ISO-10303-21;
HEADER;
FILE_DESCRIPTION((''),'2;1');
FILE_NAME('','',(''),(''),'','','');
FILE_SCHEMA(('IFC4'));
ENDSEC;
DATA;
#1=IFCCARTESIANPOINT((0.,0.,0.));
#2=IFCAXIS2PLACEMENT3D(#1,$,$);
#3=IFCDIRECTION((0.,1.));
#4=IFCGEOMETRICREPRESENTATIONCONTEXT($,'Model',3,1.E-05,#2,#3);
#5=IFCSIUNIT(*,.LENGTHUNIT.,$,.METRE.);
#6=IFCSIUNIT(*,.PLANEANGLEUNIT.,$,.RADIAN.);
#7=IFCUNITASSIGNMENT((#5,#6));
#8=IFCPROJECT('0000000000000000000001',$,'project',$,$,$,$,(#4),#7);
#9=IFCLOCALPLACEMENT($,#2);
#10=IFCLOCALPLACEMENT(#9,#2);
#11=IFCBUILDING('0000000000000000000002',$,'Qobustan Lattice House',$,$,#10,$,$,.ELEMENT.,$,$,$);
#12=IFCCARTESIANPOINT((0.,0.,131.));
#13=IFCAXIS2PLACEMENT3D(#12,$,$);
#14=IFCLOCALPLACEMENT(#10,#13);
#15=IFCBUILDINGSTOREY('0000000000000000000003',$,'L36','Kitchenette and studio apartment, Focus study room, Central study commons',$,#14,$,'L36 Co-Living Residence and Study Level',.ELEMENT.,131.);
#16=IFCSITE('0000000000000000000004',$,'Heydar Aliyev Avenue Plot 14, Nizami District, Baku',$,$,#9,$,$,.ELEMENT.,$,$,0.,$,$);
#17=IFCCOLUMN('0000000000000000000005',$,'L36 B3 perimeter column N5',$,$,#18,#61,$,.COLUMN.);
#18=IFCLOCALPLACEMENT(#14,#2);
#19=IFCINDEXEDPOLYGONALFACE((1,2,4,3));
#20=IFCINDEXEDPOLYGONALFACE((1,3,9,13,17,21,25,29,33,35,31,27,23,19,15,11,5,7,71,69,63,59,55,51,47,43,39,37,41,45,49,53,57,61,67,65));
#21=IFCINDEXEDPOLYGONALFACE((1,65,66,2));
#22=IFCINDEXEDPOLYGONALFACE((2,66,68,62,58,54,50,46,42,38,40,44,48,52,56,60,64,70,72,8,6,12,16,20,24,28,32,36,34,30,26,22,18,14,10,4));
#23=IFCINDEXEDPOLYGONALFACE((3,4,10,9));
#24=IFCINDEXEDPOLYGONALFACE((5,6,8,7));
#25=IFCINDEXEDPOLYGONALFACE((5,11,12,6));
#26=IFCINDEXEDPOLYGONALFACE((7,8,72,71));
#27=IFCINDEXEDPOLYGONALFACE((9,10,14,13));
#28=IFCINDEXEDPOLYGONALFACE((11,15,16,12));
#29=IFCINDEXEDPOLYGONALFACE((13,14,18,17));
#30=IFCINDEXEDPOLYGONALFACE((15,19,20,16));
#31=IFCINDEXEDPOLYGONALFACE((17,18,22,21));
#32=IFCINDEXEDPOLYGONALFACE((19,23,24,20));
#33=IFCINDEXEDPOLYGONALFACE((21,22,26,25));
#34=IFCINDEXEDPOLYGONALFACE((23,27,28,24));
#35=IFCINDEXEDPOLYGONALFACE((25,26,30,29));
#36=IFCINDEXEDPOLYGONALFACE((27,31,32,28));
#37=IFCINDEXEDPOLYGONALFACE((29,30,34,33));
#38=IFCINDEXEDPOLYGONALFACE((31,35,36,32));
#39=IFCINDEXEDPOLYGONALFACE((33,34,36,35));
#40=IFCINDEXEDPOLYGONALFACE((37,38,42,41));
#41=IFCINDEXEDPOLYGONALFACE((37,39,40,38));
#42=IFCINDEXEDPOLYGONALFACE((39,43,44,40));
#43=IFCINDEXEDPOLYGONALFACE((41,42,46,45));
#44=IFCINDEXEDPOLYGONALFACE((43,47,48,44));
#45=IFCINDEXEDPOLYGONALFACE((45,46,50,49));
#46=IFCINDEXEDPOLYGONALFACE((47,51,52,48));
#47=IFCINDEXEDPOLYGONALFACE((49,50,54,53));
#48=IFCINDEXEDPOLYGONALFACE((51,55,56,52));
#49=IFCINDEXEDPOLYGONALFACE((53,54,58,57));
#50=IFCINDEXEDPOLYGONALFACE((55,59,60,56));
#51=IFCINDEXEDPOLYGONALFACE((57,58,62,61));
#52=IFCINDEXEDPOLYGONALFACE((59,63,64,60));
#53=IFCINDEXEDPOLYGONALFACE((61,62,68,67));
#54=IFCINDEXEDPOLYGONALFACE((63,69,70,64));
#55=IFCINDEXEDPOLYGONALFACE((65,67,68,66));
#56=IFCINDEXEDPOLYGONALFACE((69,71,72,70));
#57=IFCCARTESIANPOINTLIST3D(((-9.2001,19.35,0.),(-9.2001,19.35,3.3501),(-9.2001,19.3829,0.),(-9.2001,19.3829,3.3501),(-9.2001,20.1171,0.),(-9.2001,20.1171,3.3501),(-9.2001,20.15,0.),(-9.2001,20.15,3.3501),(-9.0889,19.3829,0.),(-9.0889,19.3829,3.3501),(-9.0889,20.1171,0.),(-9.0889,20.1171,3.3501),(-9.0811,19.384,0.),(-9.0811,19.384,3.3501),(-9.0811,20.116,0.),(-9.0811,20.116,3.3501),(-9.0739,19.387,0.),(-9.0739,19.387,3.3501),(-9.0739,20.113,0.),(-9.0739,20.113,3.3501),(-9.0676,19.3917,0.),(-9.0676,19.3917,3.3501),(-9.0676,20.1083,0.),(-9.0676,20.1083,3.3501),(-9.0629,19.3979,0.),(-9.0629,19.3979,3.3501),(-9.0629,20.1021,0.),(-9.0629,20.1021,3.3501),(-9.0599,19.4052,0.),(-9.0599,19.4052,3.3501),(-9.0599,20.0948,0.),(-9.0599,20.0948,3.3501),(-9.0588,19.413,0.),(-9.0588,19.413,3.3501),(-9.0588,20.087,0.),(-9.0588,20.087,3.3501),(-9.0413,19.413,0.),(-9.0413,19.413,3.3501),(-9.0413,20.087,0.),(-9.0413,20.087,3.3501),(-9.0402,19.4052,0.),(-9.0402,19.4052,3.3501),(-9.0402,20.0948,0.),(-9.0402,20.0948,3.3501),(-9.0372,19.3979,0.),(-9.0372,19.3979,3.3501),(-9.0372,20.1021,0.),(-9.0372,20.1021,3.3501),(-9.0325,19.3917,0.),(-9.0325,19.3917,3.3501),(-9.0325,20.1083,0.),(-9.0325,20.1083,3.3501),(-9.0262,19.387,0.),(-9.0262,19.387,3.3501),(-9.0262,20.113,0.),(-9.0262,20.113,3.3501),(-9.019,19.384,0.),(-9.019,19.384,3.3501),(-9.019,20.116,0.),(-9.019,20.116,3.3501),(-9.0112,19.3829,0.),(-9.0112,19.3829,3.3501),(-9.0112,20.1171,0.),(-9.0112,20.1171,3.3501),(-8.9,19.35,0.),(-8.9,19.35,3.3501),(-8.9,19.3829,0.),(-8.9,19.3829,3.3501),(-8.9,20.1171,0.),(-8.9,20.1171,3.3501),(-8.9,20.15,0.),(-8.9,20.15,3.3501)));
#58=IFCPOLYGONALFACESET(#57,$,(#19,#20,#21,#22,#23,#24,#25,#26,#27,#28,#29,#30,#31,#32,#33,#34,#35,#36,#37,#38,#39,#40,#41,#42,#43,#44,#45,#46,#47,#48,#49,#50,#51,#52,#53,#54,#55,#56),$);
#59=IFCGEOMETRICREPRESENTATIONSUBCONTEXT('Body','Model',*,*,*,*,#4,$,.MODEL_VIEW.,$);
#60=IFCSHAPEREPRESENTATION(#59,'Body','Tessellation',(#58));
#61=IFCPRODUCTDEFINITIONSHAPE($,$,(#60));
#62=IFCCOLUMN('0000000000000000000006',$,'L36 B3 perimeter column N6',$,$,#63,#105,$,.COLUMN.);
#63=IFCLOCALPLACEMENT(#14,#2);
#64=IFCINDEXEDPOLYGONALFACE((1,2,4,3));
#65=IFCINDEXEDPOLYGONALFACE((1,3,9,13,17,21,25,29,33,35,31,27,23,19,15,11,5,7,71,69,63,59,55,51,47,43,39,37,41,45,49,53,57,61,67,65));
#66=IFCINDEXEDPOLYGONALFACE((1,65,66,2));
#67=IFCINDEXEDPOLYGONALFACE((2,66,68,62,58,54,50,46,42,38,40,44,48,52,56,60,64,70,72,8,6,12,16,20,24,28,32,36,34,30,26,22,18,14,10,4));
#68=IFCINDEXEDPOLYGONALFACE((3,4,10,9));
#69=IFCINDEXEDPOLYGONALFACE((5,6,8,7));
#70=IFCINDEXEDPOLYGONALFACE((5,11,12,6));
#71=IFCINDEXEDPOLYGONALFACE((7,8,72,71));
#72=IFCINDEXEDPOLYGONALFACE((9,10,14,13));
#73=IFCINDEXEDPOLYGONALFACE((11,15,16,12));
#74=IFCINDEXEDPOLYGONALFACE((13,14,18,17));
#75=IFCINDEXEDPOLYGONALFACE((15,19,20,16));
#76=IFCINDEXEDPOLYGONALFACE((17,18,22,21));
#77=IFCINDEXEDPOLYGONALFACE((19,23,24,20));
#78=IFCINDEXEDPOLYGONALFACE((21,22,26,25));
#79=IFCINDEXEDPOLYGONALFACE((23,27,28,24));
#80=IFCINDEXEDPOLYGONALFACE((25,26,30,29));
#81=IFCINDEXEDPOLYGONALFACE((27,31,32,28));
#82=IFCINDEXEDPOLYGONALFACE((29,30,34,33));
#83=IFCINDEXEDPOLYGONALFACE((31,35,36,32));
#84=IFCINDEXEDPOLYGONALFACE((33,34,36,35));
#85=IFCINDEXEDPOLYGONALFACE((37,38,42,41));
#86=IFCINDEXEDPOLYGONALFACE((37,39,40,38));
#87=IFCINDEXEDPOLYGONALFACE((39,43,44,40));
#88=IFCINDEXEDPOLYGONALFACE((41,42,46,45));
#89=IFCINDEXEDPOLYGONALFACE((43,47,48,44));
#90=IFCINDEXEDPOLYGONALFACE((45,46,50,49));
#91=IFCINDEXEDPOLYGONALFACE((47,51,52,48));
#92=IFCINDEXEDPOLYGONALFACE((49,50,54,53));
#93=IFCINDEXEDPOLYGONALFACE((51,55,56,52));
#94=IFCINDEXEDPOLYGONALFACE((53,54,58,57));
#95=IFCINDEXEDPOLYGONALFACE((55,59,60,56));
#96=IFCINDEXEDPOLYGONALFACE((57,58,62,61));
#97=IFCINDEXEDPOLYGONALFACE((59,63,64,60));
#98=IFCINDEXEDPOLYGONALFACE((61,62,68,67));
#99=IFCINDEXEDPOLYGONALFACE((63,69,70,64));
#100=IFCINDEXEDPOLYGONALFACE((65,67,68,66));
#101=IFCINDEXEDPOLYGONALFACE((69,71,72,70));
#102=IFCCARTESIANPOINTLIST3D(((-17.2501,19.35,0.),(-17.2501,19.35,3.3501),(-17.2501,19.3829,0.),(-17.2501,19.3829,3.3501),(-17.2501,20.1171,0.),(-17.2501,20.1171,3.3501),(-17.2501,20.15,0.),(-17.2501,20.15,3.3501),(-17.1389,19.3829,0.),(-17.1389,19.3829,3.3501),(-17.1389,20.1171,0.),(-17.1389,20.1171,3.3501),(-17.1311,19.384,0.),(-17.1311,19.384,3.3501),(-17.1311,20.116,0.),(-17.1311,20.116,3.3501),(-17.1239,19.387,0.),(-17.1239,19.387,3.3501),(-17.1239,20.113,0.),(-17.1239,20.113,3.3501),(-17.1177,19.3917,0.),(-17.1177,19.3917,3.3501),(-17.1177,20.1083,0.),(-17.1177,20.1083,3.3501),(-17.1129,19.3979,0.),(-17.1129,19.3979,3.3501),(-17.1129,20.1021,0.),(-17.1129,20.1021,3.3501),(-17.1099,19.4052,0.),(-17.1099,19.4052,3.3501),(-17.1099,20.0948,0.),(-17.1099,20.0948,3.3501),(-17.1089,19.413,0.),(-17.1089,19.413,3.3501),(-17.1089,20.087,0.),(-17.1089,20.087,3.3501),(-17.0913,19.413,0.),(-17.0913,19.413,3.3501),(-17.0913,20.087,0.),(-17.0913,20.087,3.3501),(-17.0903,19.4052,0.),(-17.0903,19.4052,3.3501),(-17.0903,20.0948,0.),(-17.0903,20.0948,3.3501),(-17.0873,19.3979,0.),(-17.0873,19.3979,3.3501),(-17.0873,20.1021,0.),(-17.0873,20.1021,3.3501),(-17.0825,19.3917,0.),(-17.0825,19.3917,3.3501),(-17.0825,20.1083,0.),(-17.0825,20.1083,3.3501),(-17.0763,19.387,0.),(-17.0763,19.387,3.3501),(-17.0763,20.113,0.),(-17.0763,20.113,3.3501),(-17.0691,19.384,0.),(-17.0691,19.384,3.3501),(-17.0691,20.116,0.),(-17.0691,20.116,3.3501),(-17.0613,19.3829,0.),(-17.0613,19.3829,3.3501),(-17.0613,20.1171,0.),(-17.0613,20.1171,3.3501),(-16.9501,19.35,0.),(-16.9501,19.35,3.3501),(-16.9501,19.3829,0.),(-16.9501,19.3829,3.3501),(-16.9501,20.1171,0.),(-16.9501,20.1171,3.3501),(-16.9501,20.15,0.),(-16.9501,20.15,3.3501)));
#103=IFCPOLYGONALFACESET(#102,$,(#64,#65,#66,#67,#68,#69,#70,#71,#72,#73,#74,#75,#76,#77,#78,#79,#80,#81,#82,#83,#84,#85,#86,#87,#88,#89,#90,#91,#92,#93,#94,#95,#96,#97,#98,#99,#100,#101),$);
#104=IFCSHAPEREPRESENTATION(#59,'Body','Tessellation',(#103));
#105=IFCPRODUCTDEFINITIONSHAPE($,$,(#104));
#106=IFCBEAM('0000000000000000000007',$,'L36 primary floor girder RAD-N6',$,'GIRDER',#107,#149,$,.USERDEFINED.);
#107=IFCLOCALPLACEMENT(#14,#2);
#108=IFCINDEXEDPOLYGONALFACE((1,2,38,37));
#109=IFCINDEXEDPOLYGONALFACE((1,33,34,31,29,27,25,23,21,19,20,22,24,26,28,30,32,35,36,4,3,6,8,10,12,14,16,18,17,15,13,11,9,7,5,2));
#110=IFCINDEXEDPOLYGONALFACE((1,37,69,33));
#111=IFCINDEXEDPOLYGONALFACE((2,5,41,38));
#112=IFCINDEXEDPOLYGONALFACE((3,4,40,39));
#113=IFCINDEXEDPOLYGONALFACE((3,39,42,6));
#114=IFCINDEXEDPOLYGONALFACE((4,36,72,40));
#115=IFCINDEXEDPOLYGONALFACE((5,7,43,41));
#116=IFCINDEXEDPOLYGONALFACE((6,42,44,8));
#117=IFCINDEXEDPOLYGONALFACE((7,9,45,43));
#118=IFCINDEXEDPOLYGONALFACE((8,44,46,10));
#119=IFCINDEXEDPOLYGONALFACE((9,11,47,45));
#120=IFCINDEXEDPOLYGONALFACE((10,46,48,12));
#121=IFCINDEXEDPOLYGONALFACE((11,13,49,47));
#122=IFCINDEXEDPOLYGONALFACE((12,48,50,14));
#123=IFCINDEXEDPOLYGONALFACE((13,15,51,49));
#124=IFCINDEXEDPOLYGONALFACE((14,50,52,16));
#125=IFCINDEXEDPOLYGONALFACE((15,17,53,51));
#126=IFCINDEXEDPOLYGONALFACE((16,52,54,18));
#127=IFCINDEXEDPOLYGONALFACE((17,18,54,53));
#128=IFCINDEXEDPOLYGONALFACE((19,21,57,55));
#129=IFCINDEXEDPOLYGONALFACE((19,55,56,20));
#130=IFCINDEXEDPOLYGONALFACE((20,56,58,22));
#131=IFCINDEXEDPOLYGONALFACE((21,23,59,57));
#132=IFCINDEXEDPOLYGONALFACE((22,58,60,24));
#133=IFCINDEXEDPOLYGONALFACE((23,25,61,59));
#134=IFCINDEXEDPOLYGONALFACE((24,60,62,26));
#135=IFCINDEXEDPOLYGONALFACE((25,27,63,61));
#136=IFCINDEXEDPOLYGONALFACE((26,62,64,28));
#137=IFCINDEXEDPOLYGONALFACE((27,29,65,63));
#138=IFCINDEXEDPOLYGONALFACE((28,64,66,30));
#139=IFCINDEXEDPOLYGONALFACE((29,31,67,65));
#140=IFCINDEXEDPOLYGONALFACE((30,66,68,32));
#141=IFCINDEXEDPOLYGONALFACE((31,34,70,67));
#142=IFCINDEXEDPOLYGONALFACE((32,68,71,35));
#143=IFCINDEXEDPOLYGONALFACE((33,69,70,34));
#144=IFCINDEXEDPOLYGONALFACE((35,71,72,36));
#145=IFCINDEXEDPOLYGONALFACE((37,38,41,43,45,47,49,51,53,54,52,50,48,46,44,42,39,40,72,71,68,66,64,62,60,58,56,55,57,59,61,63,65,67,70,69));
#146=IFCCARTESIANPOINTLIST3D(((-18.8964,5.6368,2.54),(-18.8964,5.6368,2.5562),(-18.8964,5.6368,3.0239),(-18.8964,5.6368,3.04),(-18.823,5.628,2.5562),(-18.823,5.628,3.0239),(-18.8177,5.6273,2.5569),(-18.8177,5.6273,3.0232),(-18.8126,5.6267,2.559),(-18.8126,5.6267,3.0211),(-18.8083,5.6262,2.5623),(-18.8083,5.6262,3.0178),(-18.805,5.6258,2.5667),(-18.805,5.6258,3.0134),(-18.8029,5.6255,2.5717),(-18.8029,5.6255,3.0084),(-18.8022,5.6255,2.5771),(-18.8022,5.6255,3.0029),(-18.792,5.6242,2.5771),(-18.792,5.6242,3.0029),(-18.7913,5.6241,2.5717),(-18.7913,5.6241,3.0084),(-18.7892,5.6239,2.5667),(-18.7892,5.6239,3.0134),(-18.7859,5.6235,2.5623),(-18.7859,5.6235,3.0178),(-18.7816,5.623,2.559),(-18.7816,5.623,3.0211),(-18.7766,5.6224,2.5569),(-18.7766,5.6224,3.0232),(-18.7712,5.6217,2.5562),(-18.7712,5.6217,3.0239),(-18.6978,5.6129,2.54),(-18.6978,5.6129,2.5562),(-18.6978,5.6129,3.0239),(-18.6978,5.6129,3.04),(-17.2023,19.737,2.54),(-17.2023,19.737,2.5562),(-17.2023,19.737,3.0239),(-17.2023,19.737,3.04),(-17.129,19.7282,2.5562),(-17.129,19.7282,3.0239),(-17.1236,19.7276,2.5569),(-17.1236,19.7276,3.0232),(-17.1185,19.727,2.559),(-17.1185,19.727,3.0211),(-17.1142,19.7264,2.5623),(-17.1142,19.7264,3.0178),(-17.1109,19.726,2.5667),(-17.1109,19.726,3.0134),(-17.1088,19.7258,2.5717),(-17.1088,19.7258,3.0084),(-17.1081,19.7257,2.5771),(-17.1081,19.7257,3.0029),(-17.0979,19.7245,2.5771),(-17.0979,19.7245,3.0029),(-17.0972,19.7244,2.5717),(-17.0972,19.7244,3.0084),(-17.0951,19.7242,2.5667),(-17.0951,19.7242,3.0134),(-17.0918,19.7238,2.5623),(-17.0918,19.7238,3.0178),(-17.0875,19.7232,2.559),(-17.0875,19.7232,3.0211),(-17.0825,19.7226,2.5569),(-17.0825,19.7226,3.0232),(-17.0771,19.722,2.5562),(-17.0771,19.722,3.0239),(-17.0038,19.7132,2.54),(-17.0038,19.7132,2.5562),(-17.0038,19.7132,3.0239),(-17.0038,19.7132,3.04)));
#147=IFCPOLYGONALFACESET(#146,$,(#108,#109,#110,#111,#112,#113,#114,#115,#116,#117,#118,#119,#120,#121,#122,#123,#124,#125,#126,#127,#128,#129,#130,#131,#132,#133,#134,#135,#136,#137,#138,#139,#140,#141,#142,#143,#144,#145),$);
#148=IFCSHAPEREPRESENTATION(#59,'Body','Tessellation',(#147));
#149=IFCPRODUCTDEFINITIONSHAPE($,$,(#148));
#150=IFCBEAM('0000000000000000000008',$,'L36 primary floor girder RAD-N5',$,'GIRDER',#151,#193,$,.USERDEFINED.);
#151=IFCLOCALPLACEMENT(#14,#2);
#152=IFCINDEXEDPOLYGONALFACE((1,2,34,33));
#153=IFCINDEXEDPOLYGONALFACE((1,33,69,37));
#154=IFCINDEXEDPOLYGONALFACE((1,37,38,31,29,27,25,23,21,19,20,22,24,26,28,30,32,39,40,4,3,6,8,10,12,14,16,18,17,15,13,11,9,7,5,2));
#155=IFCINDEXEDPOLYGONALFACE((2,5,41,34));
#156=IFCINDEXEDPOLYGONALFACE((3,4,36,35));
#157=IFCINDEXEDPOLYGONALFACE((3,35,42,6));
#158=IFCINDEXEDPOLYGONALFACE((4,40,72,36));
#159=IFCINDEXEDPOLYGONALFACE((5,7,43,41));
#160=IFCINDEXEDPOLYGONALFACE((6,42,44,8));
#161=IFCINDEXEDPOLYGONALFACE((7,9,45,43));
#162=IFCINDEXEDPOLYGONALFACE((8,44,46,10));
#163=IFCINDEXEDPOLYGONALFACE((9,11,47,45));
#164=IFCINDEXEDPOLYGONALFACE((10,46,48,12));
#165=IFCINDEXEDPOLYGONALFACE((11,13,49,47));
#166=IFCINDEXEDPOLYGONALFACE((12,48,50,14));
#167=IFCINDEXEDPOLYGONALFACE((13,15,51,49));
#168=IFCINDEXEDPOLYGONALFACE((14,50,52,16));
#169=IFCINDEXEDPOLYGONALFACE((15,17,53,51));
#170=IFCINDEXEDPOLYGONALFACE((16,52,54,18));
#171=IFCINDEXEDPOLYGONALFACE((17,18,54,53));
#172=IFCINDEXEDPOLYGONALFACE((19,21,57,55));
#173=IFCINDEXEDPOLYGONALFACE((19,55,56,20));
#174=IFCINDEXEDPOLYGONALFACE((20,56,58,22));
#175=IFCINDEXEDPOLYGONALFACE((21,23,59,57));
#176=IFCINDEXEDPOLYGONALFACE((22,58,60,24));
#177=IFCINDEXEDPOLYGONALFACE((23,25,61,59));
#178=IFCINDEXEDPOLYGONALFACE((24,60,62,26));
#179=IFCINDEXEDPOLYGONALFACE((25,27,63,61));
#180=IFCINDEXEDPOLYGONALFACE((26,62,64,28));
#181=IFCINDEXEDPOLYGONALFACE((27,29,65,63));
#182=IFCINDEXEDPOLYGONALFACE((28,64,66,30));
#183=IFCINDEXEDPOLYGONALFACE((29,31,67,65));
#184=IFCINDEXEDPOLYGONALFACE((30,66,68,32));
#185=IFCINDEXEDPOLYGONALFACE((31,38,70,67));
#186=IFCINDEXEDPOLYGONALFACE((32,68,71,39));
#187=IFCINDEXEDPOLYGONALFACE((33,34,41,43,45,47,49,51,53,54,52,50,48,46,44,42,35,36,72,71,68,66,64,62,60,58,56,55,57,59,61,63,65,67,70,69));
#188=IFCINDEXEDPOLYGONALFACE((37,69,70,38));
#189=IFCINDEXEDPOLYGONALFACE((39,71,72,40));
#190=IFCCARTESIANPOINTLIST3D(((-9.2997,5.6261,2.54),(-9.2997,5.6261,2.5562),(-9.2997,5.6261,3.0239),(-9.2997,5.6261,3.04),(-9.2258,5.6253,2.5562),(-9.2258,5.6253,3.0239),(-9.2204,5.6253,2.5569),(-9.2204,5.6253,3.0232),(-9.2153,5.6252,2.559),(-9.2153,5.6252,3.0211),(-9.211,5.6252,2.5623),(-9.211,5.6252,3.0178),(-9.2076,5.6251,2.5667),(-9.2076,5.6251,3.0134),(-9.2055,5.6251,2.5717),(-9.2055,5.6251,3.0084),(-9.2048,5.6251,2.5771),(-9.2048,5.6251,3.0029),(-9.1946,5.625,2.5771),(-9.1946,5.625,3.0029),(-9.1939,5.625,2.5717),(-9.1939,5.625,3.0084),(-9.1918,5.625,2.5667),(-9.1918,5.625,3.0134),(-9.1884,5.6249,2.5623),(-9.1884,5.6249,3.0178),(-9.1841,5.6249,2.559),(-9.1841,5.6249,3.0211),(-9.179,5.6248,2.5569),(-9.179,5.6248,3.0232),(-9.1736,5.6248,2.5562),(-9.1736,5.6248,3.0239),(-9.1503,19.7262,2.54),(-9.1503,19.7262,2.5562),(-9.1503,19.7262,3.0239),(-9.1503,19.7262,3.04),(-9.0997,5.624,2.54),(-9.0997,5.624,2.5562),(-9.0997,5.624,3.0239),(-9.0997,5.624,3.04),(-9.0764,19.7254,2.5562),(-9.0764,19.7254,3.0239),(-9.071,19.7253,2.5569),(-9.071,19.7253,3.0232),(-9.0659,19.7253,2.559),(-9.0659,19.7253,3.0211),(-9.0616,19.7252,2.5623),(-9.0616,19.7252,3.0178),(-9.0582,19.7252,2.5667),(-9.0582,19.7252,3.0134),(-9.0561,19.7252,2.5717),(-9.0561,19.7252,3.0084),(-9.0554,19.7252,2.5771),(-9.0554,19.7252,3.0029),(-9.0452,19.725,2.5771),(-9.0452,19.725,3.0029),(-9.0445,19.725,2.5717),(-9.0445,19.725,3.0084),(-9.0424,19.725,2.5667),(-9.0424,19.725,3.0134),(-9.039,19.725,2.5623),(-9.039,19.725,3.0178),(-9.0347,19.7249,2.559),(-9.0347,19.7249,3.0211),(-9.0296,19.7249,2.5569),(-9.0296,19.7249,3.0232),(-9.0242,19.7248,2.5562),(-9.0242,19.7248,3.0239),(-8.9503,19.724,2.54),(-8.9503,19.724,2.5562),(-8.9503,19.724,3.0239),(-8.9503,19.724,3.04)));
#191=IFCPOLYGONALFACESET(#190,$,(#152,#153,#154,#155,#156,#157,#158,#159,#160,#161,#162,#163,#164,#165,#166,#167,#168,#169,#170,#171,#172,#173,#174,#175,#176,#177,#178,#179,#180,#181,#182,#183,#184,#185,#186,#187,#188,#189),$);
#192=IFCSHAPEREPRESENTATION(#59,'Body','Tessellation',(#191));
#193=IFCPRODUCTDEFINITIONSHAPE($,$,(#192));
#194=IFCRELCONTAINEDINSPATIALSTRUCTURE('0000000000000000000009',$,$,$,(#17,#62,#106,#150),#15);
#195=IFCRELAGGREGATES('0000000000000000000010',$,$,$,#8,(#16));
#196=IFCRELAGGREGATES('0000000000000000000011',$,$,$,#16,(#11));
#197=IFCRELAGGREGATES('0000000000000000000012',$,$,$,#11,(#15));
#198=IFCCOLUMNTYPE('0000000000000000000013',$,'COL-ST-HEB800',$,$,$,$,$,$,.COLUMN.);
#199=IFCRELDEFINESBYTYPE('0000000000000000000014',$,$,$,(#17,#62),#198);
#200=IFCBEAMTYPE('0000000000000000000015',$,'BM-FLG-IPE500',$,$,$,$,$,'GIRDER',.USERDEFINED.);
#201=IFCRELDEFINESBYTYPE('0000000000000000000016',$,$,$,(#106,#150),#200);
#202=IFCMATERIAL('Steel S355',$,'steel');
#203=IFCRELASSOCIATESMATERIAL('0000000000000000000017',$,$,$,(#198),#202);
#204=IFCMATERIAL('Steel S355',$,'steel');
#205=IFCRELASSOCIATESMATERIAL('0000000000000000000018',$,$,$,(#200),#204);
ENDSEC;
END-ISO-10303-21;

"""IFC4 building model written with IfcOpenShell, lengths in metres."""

from ifc_helpers import new_model, si_unit, direction, frame, origin, origin_2d, place, context, subcontext, project, spatial, i_section, extrude, material, material_profile, profile_set, type_object, element, save


model = new_model("IFC4")

# Units and contexts
model_context = context("Model", 3, precision=1e-05, world=origin(), true_north=direction((0.0, 1.0)))
body_context = subcontext(model_context, "Body", "Model", "MODEL_VIEW")
ifc_project = project(units=[si_unit("LENGTHUNIT", "METRE"), si_unit("PLANEANGLEUNIT", "RADIAN")], contexts=[model_context])

# Site, building, storey
site_placement = place(None, origin())
site = spatial("IfcSite", under=ifc_project, at=site_placement, Name="Heydar Aliyev Avenue Plot 14, Nizami District, Baku", CompositionType="ELEMENT", RefElevation=0.0)
building_placement = place(site_placement, origin())
building = spatial("IfcBuilding", under=site, at=building_placement, Name="Qobustan Lattice House", CompositionType="ELEMENT")
storey_placement = place(building_placement, frame((0.0, 0.0, 131.0)))
storey = spatial("IfcBuildingStorey", under=building, at=storey_placement, Name="L36", Description="Kitchenette and studio apartment, Focus study room, Central study commons", LongName="L36 Co-Living Residence and Study Level", CompositionType="ELEMENT", Elevation=131.0)

# Columns
ifc_material_1 = material(Name="Steel S355", Category="steel")
ifc_material_profile_1 = material_profile(ifc_material_1, i_section(OverallWidth=0.3, OverallDepth=0.8, WebThickness=0.0176, FlangeThickness=0.033, FilletRadius=0.03, at=origin_2d()), Name="HEB800")
ifc_profile_set_1 = profile_set([ifc_material_profile_1], Name="Steel S355")
column_type = type_object("IfcColumnType", Name="COL-ST-HEB800", PredefinedType="COLUMN", material=ifc_profile_set_1)
for number, where, z_axis, x_axis, name in (
    (1, (-9.05, 19.75, 0.0), (0.0, 0.0, 1.0), (1.0, 0.0, 0.0), "L36 B3 perimeter column N5"),
    (2, (-17.1001, 19.75, 0.0), (0.0, 0.0, 1.0), (1.0, 0.0, 0.0), "L36 B3 perimeter column N6"),
):
    element("IfcColumn", number, at=place(storey_placement, frame(where, z_axis=z_axis, x_axis=x_axis)), inside=storey, type_object=column_type, Name=name, PredefinedType="COLUMN", context=body_context, shape_type="SweptSolid", body=[
        extrude(i_section(OverallWidth=0.3, OverallDepth=0.8, WebThickness=0.0176, FlangeThickness=0.033, FilletRadius=0.03, at=origin_2d()), origin(), (0.0, 0.0, 1.0), 3.3501),
    ])

# Beams
ifc_material_2 = material(Name="Steel S355", Category="steel")
ifc_material_profile_2 = material_profile(ifc_material_2, i_section(OverallWidth=0.2, OverallDepth=0.5, WebThickness=0.0103, FlangeThickness=0.0161, FilletRadius=0.021, at=origin_2d()), Name="IPE500")
ifc_profile_set_2 = profile_set([ifc_material_profile_2], Name="Steel S355")
beam_type_1 = type_object("IfcBeamType", Name="BM-FLG-IPE500", ElementType="GIRDER", PredefinedType="USERDEFINED", material=ifc_profile_set_2)
beam_1_placement = place(storey_placement, frame((-17.103, 19.7251, 2.79), z_axis=(-0.119288, -0.99286, 0.0), x_axis=(0.99286, -0.119288, 0.0)))
element("IfcBeam", 3, at=beam_1_placement, inside=storey, type_object=beam_type_1, Name="L36 primary floor girder RAD-N6", ObjectType="GIRDER", PredefinedType="USERDEFINED", context=body_context, shape_type="SweptSolid", body=[
    extrude(i_section(OverallWidth=0.2, OverallDepth=0.5, WebThickness=0.0103, FlangeThickness=0.0161, FilletRadius=0.021, at=origin_2d()), origin(), (0.0, 0.0, 1.0), 14.2017),
])
beam_2_placement = place(storey_placement, frame((-9.0503, 19.7251, 2.79), z_axis=(-0.010596, -0.999944, 0.0), x_axis=(0.999944, -0.010596, 0.0)))
element("IfcBeam", 4, at=beam_2_placement, inside=storey, type_object=beam_type_1, Name="L36 primary floor girder RAD-N5", ObjectType="GIRDER", PredefinedType="USERDEFINED", context=body_context, shape_type="SweptSolid", body=[
    extrude(i_section(OverallWidth=0.2, OverallDepth=0.5, WebThickness=0.0103, FlangeThickness=0.0161, FilletRadius=0.021, at=origin_2d()), origin(), (0.0, 0.0, 1.0), 14.1008),
])

save(model, "model.ifc")
